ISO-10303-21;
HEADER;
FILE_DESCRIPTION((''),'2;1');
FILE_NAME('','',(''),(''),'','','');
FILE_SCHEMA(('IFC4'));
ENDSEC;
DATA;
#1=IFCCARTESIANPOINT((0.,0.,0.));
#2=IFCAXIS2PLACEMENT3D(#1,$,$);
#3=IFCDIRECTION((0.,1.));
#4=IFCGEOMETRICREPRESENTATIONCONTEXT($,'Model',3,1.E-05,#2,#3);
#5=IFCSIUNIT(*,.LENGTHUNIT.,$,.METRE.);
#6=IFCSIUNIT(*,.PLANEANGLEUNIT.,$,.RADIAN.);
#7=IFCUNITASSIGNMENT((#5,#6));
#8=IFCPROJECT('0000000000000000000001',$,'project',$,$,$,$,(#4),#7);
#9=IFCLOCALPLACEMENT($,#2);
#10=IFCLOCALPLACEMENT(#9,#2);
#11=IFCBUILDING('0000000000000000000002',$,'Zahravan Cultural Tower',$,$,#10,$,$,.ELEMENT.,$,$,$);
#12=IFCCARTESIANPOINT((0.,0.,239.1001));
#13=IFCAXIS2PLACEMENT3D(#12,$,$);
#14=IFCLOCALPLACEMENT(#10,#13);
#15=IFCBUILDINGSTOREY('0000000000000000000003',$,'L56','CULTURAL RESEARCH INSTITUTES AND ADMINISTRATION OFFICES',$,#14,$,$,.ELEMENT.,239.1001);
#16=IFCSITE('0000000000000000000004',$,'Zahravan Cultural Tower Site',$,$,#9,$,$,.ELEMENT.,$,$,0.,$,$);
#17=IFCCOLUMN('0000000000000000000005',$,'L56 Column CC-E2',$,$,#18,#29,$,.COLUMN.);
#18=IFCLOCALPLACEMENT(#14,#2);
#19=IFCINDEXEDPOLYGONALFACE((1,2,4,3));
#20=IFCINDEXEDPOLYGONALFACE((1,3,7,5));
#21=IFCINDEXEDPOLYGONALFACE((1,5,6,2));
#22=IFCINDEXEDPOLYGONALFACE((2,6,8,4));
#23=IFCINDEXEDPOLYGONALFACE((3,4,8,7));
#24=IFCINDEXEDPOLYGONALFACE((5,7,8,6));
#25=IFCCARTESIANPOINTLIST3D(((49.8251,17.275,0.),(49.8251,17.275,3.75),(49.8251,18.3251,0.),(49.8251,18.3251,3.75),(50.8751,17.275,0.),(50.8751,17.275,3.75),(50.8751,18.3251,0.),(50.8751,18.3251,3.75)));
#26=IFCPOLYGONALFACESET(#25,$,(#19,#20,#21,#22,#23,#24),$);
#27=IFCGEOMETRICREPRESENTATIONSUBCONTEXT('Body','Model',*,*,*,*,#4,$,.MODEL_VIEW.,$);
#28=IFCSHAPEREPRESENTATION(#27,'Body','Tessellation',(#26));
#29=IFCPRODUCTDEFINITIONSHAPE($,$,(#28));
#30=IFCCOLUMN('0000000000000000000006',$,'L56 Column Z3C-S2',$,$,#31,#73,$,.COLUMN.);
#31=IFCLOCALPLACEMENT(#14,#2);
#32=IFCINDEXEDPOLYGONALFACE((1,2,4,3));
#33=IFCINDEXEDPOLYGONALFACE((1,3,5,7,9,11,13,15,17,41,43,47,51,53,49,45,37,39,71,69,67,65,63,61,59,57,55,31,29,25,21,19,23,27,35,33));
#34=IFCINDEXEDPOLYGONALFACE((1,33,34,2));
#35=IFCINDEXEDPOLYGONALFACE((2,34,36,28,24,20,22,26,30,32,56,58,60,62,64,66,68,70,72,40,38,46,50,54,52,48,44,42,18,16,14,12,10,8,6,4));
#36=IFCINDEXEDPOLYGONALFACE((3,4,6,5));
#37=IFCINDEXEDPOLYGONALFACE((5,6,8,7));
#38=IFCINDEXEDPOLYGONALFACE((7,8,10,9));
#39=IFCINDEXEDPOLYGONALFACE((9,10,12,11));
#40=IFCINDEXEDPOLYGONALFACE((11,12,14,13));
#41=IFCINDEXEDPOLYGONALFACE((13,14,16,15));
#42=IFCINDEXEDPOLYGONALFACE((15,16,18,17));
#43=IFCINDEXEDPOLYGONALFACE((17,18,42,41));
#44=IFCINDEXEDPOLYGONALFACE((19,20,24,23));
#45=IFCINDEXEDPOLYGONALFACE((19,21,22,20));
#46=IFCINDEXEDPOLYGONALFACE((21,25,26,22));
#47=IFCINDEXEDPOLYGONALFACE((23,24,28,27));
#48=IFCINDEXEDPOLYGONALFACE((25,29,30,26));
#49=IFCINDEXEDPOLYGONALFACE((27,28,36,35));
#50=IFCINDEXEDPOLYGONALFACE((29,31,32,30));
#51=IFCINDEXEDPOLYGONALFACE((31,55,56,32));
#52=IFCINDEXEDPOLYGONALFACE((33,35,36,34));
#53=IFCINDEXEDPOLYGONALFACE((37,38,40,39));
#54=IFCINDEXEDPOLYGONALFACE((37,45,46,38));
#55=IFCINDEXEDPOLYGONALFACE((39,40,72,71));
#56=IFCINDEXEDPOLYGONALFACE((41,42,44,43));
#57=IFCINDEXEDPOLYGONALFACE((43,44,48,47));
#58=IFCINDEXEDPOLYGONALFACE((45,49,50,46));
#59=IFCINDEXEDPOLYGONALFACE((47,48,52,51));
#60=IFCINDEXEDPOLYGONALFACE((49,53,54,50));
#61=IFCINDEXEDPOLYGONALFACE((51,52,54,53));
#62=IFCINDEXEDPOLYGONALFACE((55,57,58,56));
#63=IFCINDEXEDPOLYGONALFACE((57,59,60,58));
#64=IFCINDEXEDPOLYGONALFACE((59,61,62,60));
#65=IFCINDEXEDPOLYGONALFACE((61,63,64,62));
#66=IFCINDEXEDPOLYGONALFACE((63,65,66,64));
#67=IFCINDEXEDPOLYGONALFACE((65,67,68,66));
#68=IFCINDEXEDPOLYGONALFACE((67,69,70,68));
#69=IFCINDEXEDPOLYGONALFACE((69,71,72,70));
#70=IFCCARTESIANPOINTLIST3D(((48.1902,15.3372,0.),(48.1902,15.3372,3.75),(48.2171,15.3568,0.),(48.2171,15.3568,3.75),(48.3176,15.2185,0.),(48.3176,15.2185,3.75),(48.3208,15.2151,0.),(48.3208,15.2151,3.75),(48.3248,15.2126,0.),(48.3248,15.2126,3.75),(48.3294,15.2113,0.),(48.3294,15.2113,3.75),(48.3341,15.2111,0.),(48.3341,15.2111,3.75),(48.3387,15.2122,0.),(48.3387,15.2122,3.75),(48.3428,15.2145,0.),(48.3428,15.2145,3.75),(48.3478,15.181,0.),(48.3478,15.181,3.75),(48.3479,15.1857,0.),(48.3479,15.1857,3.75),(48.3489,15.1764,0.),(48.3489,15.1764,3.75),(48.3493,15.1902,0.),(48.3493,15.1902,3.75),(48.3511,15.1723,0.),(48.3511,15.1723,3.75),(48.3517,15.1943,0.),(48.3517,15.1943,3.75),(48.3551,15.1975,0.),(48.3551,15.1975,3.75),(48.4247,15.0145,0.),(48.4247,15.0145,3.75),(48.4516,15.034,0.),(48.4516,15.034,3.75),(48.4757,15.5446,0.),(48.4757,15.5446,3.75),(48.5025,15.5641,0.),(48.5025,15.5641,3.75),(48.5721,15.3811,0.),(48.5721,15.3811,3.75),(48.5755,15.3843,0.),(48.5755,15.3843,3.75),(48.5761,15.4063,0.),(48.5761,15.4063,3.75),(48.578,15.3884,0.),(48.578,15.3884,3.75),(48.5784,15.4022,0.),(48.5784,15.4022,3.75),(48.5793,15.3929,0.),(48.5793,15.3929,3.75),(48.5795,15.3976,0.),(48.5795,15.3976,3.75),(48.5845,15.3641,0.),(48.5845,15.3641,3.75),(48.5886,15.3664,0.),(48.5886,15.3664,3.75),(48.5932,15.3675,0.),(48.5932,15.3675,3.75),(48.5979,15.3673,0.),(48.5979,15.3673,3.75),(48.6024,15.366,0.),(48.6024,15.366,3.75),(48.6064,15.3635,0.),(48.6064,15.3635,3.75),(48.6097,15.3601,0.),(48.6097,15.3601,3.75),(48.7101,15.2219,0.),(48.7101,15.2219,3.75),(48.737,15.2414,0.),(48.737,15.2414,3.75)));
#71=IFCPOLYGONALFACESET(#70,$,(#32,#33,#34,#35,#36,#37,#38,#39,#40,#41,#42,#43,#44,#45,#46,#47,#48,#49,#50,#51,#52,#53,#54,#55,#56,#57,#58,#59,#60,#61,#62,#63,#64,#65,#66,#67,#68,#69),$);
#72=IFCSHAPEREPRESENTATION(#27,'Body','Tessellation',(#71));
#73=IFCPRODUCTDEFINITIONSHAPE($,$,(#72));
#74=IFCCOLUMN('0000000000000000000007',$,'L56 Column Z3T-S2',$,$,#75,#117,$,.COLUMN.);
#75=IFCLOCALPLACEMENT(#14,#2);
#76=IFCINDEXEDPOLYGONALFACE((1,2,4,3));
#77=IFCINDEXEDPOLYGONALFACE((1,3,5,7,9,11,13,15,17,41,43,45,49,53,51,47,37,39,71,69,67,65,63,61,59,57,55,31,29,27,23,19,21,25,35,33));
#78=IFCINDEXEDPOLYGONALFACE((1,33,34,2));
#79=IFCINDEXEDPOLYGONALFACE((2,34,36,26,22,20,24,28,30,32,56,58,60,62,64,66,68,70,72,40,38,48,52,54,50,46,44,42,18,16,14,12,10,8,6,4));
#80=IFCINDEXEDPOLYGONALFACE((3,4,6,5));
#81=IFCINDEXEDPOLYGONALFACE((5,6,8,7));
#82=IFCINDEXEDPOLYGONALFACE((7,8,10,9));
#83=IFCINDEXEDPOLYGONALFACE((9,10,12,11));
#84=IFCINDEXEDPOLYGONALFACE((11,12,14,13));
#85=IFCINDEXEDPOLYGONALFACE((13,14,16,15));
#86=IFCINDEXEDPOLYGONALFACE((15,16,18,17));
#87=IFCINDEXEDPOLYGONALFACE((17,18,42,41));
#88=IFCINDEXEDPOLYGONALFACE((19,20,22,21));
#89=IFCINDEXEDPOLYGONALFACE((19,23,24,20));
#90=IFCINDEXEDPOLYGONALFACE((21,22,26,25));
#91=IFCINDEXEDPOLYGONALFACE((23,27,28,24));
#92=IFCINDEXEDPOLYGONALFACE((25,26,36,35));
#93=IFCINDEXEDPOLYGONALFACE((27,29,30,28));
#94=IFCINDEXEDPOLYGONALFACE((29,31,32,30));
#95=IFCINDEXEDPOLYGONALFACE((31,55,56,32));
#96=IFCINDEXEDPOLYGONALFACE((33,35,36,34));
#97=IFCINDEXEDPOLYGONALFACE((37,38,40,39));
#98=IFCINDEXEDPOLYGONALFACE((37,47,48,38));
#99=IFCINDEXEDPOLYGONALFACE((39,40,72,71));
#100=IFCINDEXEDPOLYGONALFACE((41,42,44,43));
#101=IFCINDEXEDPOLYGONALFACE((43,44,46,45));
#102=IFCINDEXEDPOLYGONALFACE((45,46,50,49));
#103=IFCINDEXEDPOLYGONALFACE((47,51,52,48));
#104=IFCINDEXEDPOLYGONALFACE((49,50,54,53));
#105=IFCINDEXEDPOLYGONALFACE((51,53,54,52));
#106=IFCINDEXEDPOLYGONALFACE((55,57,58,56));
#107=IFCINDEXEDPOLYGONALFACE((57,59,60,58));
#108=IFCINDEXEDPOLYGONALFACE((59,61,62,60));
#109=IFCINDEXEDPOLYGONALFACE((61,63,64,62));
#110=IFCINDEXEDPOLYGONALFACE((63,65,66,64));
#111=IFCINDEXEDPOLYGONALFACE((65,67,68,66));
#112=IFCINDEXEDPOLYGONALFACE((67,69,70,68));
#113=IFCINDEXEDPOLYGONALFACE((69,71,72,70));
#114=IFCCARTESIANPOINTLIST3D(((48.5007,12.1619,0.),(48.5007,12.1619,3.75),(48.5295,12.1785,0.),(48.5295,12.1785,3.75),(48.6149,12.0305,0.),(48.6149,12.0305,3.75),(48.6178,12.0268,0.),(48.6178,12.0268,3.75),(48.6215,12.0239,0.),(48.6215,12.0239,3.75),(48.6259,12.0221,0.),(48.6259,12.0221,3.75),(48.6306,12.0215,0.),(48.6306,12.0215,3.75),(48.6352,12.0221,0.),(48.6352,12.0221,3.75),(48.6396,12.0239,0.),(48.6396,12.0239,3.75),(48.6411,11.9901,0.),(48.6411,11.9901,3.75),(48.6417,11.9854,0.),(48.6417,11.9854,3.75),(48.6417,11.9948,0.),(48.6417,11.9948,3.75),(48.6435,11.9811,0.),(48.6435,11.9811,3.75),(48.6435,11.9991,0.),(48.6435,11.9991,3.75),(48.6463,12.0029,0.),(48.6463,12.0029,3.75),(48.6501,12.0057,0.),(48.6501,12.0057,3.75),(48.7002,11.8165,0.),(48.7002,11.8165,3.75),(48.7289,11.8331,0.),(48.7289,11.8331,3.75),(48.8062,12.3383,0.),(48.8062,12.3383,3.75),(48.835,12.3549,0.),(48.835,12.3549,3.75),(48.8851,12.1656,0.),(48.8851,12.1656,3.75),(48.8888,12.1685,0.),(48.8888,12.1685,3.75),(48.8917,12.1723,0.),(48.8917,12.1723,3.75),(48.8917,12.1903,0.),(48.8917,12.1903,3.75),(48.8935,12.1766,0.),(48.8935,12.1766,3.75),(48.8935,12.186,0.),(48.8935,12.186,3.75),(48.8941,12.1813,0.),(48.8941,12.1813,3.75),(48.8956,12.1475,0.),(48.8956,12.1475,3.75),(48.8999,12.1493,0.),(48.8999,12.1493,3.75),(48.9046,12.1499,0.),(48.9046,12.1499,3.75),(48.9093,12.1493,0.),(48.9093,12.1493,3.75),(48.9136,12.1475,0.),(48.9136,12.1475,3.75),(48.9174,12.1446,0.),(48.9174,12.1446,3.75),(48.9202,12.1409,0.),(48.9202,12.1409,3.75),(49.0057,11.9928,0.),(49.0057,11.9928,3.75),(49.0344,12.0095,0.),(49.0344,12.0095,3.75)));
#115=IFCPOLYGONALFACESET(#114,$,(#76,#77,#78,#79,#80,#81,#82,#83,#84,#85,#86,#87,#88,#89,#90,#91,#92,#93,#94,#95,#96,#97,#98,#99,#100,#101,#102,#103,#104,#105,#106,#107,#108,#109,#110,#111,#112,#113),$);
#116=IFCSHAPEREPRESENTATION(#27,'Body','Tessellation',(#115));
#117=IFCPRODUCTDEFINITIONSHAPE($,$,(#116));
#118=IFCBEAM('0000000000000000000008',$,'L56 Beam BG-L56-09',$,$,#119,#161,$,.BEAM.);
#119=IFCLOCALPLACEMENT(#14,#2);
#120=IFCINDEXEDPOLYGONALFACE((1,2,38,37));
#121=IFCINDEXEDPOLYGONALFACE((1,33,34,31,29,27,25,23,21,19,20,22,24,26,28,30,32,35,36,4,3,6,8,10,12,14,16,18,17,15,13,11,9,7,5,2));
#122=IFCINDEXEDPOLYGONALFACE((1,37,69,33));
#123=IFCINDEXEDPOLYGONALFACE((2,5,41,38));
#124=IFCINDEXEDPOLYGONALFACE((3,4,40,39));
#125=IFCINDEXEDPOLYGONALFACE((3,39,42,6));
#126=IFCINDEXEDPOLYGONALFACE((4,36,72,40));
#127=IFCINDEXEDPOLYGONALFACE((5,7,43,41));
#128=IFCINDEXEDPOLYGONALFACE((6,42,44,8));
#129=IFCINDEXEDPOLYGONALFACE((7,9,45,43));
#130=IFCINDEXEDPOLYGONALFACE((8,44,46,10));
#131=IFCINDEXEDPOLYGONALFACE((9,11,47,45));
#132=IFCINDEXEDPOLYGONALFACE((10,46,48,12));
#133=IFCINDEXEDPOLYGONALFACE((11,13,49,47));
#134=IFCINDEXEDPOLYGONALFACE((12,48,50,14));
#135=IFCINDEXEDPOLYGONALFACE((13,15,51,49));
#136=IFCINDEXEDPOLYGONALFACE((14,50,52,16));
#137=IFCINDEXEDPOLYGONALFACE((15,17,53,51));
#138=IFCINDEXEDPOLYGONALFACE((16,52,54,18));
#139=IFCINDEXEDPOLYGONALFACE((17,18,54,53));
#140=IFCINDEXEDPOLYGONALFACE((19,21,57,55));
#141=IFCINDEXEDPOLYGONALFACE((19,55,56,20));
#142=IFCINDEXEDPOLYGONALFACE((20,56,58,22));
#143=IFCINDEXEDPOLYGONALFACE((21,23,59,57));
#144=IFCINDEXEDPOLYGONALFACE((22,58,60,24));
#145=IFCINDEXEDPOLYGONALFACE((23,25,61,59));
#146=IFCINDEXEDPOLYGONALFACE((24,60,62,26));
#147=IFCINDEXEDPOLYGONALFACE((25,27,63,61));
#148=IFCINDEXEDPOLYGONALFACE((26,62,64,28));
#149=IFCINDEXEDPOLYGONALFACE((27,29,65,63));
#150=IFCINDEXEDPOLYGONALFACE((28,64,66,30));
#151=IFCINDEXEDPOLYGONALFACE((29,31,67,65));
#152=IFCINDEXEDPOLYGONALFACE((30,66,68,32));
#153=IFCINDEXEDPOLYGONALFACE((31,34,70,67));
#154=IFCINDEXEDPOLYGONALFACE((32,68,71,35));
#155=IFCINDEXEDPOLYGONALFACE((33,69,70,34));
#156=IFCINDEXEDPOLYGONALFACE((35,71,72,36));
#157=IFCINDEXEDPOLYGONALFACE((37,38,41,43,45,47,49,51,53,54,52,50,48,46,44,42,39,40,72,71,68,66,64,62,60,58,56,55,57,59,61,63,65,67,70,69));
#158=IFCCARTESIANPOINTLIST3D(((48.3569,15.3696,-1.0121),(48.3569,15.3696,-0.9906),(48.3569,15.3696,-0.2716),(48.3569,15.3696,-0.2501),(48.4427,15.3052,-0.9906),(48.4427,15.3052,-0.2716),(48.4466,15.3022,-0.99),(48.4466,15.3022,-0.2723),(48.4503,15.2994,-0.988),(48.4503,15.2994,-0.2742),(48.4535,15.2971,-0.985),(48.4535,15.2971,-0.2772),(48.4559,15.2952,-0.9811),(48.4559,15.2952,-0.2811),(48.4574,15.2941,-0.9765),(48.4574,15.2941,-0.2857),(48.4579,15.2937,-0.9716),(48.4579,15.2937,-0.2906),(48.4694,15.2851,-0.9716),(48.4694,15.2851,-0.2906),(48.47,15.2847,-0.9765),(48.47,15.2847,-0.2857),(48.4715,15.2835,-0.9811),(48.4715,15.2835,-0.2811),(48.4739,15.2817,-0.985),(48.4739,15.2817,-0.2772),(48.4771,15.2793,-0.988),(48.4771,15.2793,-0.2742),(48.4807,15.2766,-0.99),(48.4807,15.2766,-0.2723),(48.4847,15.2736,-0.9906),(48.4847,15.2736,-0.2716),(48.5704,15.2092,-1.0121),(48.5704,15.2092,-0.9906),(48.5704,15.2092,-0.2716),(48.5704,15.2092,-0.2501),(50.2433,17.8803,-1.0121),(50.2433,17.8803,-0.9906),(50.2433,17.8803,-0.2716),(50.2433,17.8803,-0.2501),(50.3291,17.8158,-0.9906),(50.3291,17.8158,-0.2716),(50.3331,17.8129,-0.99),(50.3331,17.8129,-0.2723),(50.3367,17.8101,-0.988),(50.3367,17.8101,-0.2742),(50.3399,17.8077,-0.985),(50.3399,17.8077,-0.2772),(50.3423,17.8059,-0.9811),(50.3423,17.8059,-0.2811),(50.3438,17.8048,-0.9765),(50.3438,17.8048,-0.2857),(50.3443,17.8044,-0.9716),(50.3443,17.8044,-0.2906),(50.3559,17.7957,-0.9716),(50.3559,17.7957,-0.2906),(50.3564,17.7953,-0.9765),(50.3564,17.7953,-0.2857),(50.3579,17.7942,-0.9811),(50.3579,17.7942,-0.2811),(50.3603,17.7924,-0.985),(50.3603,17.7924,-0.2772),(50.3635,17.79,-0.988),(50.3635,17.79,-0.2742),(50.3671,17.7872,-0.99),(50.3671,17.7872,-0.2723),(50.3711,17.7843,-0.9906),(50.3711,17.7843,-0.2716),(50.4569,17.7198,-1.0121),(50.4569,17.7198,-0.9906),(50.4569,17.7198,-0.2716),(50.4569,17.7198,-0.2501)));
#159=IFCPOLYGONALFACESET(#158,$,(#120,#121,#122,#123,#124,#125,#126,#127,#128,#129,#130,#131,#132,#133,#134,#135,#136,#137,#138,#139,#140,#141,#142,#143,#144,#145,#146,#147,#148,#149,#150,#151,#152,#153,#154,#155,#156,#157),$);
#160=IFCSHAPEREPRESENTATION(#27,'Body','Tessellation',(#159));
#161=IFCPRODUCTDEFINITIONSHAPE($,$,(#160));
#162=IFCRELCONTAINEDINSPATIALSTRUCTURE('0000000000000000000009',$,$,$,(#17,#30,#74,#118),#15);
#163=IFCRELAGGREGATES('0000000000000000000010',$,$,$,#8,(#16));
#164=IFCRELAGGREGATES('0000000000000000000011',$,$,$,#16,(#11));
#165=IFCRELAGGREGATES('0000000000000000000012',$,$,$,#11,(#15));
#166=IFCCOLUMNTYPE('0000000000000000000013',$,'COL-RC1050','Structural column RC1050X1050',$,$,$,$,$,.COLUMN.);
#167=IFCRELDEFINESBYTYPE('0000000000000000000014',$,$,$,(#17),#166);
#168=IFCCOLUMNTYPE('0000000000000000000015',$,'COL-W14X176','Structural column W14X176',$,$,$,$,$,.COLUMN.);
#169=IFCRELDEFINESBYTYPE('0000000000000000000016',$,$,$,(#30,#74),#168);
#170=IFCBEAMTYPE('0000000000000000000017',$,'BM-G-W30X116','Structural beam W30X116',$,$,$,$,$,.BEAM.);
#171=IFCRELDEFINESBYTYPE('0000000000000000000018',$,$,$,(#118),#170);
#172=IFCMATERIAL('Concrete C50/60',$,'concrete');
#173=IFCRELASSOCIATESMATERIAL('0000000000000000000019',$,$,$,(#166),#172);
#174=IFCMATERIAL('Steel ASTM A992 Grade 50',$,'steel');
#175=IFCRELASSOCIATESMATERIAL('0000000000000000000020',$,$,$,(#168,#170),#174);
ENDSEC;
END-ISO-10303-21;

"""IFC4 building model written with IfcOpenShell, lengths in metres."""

from ifc_helpers import new_model, si_unit, direction, frame, origin, origin_2d, place, context, subcontext, project, spatial, rectangle, i_section, extrude, source, transform, mapped, material, material_profile, profile_set, type_object, element, save


model = new_model("IFC4")

# Units and contexts
model_context = context("Model", 3, precision=1e-05, world=origin(), true_north=direction((0.0, 1.0)))
body_context = subcontext(model_context, "Body", "Model", "MODEL_VIEW")
ifc_project = project(units=[si_unit("LENGTHUNIT", "METRE"), si_unit("PLANEANGLEUNIT", "RADIAN")], contexts=[model_context])

# Site, building, storey
site_placement = place(None, origin())
site = spatial("IfcSite", under=ifc_project, at=site_placement, Name="Zahravan Cultural Tower Site", CompositionType="ELEMENT", RefElevation=0.0)
building_placement = place(site_placement, origin())
building = spatial("IfcBuilding", under=site, at=building_placement, Name="Zahravan Cultural Tower", CompositionType="ELEMENT")
storey_placement = place(building_placement, frame((0.0, 0.0, 239.1001)))
storey = spatial("IfcBuildingStorey", under=building, at=storey_placement, Name="L56", Description="CULTURAL RESEARCH INSTITUTES AND ADMINISTRATION OFFICES", CompositionType="ELEMENT", Elevation=239.1001)

# Columns
ifc_material_1 = material(Name="Concrete C50/60", Category="concrete")
ifc_material_profile_1 = material_profile(ifc_material_1, rectangle(XDim=1.05, YDim=1.05, at=origin_2d()), Name="RC1050X1050")
ifc_profile_set_1 = profile_set([ifc_material_profile_1], Name="Concrete C50/60")
column_type_1 = type_object("IfcColumnType", Name="COL-RC1050", Description="Structural column RC1050X1050", PredefinedType="COLUMN", material=ifc_profile_set_1)
shared_shape_1 = source(origin(), body_context, "Body", "SweptSolid", [
    extrude(rectangle(XDim=1.05, YDim=1.05, at=origin_2d()), origin(), (0.0, 0.0, 1.0), 3.75),
])
column_placement = place(storey_placement, frame((50.3501, 17.8, 0.0), z_axis=(0.0, 0.0, 1.0), x_axis=(1.0, 0.0, 0.0)))
element("IfcColumn", 1, at=column_placement, inside=storey, type_object=column_type_1, Name="L56 Column CC-E2", PredefinedType="COLUMN", context=body_context, shape_type="MappedRepresentation", body=[
    mapped(shared_shape_1, transform((0.0, 0.0, 0.0), x_axis=(1.0, 0.0, 0.0), y_axis=(0.0, 1.0, 0.0), z_axis=(0.0, 0.0, 1.0), scale=1.0)),
])
ifc_material_2 = material(Name="Steel ASTM A992 Grade 50", Category="steel")
ifc_material_profile_2 = material_profile(ifc_material_2, i_section(OverallWidth=0.3989, OverallDepth=0.386, WebThickness=0.021, FlangeThickness=0.0332, FilletRadius=0.0181, at=origin_2d()), Name="W14X176")
ifc_profile_set_2 = profile_set([ifc_material_profile_2], Name="Steel ASTM A992 Grade 50")
column_type_2 = type_object("IfcColumnType", Name="COL-W14X176", Description="Structural column W14X176", PredefinedType="COLUMN", material=ifc_profile_set_2)
shared_shape_2 = source(origin(), body_context, "Body", "SweptSolid", [
    extrude(i_section(OverallWidth=0.3989, OverallDepth=0.386, WebThickness=0.021, FlangeThickness=0.0332, FilletRadius=0.0181, at=origin_2d()), origin(), (0.0, 0.0, 1.0), 3.75),
])
for number, where, z_axis, x_axis, name in (
    (2, (48.4636, 15.2893, 0.0), (0.0, 0.0, 1.0), (-0.587785, 0.809017, 0.0), "L56 Column Z3C-S2"),
    (3, (48.7676, 12.0857, 0.0), (0.0, 0.0, 1.0), (-0.5, 0.866025, 0.0), "L56 Column Z3T-S2"),
):
    element("IfcColumn", number, at=place(storey_placement, frame(where, z_axis=z_axis, x_axis=x_axis)), inside=storey, type_object=column_type_2, Name=name, PredefinedType="COLUMN", context=body_context, shape_type="MappedRepresentation", body=[
        mapped(shared_shape_2, transform((0.0, 0.0, 0.0), x_axis=(1.0, 0.0, 0.0), y_axis=(0.0, 1.0, 0.0), z_axis=(0.0, 0.0, 1.0), scale=1.0)),
    ])

# Beam
ifc_material_profile_3 = material_profile(ifc_material_2, i_section(OverallWidth=0.2671, OverallDepth=0.762, WebThickness=0.0144, FlangeThickness=0.0215, FilletRadius=0.019, at=origin_2d()), Name="W30X116")
ifc_profile_set_3 = profile_set([ifc_material_profile_3], Name="Steel ASTM A992 Grade 50")
beam_type = type_object("IfcBeamType", Name="BM-G-W30X116", Description="Structural beam W30X116", PredefinedType="BEAM", material=ifc_profile_set_3)
shared_shape_3 = source(origin(), body_context, "Body", "SweptSolid", [
    extrude(i_section(OverallWidth=0.2671, OverallDepth=0.762, WebThickness=0.0144, FlangeThickness=0.0215, FilletRadius=0.019, at=origin_2d()), origin(), (0.0, 0.0, 1.0), 3.1404),
])
beam_1_placement = place(storey_placement, frame((50.3501, 17.8, -0.6311), z_axis=(-0.600696, -0.799477, 0.0), x_axis=(0.799477, -0.600696, 0.0)))
element("IfcBeam", 4, at=beam_1_placement, inside=storey, type_object=beam_type, Name="L56 Beam BG-L56-09", PredefinedType="BEAM", context=body_context, shape_type="MappedRepresentation", body=[
    mapped(shared_shape_3, transform((0.0, 0.0, 0.0), x_axis=(1.0, 0.0, 0.0), y_axis=(0.0, 1.0, 0.0), z_axis=(0.0, 0.0, 1.0), scale=1.0)),
])

save(model, "model.ifc")
